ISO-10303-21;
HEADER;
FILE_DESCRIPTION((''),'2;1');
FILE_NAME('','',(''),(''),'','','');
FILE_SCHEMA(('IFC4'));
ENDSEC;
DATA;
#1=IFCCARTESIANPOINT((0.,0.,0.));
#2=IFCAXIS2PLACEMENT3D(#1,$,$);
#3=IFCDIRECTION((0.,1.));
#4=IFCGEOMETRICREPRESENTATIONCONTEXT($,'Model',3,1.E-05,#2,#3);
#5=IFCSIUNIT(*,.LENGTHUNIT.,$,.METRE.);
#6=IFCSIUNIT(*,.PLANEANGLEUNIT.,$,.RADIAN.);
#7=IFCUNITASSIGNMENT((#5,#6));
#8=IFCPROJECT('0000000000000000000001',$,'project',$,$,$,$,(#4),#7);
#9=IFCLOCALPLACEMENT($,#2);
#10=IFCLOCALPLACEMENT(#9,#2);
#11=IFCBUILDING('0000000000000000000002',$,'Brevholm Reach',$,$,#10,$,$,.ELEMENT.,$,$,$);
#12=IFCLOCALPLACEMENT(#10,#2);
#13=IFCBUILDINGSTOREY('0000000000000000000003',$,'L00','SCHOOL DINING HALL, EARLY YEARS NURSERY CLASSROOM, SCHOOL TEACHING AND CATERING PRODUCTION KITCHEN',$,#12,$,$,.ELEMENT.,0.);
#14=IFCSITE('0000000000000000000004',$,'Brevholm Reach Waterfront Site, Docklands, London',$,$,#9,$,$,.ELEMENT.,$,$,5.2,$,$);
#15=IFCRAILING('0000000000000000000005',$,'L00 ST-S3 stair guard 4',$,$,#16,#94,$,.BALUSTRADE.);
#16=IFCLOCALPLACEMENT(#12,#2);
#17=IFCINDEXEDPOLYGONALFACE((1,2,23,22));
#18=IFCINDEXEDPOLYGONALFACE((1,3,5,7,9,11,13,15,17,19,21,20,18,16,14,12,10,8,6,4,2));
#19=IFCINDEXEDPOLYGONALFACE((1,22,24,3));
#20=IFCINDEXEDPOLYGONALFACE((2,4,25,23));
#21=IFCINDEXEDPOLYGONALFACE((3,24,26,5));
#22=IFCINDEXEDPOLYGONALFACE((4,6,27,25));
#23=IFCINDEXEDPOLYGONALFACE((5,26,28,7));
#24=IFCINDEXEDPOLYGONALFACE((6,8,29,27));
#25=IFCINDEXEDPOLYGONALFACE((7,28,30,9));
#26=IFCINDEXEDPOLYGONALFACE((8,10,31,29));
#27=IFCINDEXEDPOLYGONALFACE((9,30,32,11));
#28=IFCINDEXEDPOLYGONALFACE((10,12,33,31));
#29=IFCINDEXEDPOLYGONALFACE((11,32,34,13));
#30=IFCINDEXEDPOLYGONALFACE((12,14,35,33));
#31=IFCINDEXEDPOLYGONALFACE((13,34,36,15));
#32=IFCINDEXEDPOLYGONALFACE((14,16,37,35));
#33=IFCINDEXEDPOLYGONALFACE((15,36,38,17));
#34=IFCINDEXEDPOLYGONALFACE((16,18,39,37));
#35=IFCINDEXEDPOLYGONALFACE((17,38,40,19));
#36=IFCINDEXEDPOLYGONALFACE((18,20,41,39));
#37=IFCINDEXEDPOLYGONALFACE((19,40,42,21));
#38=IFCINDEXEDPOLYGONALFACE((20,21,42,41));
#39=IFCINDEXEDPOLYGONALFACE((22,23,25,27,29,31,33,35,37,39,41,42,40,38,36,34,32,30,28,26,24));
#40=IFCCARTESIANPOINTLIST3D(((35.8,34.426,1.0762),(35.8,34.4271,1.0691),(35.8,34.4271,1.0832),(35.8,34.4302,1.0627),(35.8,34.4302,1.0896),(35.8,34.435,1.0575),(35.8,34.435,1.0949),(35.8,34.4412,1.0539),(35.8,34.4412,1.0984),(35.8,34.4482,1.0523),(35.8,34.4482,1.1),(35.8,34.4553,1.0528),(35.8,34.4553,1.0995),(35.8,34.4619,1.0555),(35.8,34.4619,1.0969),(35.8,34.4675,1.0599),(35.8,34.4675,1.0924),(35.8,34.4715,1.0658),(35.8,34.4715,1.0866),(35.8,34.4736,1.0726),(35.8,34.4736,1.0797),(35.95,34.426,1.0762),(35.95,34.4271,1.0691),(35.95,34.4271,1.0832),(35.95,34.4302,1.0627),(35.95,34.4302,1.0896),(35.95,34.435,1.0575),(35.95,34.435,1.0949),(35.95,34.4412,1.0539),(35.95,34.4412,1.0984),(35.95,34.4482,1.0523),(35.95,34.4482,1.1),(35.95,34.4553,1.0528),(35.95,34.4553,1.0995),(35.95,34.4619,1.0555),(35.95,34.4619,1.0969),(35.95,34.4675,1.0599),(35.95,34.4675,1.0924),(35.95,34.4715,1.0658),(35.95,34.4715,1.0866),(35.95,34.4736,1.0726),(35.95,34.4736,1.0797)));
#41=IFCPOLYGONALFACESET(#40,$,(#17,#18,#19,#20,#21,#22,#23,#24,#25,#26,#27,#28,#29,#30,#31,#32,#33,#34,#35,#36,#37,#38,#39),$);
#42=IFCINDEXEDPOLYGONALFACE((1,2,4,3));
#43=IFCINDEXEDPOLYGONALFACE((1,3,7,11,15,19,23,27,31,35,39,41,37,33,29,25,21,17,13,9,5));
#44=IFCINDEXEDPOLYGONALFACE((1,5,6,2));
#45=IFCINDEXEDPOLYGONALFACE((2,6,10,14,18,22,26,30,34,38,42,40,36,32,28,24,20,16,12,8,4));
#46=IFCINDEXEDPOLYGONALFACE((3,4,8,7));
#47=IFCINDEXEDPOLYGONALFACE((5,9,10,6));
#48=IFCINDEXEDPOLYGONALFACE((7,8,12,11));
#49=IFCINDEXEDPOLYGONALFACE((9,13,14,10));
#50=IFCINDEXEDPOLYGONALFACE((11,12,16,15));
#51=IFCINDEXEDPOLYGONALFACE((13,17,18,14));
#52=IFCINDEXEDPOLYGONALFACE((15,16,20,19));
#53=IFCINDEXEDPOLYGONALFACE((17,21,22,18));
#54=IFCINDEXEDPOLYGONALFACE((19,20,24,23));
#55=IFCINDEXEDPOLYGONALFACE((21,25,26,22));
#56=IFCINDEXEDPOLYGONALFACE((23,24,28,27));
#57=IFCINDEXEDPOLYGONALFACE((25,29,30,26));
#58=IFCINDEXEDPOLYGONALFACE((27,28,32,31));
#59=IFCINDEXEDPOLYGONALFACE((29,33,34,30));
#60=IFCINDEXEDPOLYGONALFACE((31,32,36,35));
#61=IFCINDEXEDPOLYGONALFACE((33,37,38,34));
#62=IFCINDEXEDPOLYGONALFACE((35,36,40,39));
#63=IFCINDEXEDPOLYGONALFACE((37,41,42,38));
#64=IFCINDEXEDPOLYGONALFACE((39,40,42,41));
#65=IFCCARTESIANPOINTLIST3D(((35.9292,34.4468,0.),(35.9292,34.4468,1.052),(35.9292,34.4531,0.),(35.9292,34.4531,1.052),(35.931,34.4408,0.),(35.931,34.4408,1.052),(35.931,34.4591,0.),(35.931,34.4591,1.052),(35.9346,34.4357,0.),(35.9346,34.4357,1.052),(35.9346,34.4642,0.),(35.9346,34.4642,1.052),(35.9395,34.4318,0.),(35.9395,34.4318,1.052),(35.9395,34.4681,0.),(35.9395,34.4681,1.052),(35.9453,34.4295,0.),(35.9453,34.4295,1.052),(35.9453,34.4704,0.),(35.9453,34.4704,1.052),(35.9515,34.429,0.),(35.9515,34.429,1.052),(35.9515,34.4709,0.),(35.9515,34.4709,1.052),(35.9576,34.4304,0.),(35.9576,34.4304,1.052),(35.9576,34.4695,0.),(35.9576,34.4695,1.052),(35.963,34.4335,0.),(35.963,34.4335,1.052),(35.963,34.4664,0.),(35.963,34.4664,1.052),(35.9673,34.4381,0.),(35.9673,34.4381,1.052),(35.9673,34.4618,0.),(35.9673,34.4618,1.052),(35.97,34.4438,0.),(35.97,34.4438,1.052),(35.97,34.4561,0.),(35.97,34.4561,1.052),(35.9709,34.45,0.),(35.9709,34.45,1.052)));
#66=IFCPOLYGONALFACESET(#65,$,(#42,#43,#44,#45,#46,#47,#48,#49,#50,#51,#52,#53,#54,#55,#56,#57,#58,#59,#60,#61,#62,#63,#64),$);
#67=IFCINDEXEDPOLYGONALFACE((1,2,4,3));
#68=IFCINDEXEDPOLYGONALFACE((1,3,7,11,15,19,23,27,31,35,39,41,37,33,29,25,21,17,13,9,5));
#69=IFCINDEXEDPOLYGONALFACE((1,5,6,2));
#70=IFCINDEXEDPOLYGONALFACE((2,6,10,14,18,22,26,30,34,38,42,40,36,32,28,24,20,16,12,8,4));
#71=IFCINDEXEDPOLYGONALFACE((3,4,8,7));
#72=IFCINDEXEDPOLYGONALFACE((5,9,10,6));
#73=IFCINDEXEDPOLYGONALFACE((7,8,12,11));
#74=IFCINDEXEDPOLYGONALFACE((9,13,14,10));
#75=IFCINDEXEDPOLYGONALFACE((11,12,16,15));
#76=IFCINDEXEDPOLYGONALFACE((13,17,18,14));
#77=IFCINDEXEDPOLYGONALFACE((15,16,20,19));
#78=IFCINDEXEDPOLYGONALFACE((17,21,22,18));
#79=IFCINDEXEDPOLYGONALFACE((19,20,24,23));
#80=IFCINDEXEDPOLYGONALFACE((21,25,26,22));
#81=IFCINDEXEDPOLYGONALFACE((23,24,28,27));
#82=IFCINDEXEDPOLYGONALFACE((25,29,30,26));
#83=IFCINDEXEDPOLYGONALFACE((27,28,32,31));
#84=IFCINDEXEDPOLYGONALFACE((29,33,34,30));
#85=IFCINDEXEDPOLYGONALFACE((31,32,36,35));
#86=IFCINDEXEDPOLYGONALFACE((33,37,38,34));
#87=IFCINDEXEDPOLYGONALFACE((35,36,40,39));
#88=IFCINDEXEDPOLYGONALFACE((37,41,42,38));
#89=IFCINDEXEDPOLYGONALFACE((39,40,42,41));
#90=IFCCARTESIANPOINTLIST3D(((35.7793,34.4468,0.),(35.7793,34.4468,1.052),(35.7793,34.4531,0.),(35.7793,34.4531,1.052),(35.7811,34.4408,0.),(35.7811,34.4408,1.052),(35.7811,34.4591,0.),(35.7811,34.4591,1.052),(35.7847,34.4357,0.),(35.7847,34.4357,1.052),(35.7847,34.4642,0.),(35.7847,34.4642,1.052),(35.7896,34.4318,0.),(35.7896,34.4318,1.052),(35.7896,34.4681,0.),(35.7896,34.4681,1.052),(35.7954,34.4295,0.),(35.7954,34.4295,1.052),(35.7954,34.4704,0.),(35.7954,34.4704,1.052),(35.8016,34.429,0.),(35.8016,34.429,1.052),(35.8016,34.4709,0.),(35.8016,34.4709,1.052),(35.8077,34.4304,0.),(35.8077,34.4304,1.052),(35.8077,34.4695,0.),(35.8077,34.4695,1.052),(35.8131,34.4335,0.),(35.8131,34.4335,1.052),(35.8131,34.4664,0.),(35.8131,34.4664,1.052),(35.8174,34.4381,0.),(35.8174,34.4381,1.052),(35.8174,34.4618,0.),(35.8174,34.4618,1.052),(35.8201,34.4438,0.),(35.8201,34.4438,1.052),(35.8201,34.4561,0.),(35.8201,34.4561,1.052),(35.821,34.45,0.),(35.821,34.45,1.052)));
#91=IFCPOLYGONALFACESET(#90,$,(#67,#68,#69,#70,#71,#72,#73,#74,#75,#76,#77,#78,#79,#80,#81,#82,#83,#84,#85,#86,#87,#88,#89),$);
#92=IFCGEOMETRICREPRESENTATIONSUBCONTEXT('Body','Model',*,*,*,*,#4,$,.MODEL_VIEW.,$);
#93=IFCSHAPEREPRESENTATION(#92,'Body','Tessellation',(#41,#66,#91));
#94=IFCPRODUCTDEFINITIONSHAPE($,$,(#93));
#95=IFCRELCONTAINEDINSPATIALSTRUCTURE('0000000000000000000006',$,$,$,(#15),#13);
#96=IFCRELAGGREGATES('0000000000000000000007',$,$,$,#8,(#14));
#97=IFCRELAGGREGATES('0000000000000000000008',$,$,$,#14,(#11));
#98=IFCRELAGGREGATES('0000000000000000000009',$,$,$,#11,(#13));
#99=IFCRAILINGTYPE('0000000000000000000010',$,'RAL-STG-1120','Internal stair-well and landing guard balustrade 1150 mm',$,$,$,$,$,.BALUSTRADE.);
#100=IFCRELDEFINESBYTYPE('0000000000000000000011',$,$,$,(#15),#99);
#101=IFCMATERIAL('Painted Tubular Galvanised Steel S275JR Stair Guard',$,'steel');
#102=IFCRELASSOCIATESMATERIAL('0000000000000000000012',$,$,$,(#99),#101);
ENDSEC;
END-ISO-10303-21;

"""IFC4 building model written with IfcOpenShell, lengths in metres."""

from ifc_helpers import new_model, si_unit, direction, frame, origin, origin_2d, place, context, subcontext, project, spatial, circle, extrude, material, type_object, element, save


model = new_model("IFC4")

# Units and contexts
model_context = context("Model", 3, precision=1e-05, world=origin(), true_north=direction((0.0, 1.0)))
body_context = subcontext(model_context, "Body", "Model", "MODEL_VIEW")
ifc_project = project(units=[si_unit("LENGTHUNIT", "METRE"), si_unit("PLANEANGLEUNIT", "RADIAN")], contexts=[model_context])

# Site, building, storey
site_placement = place(None, origin())
site = spatial("IfcSite", under=ifc_project, at=site_placement, Name="Brevholm Reach Waterfront Site, Docklands, London", CompositionType="ELEMENT", RefElevation=5.2)
building_placement = place(site_placement, origin())
building = spatial("IfcBuilding", under=site, at=building_placement, Name="Brevholm Reach", CompositionType="ELEMENT")
storey_placement = place(building_placement, origin())
storey = spatial("IfcBuildingStorey", under=building, at=storey_placement, Name="L00", Description="SCHOOL DINING HALL, EARLY YEARS NURSERY CLASSROOM, SCHOOL TEACHING AND CATERING PRODUCTION KITCHEN", CompositionType="ELEMENT", Elevation=0.0)

# Railing
ifc_material_1 = material(Name="Painted Tubular Galvanised Steel S275JR Stair Guard", Category="steel")
railing_type_1 = type_object("IfcRailingType", Name="RAL-STG-1120", Description="Internal stair-well and landing guard balustrade 1150 mm", PredefinedType="BALUSTRADE", material=ifc_material_1)
railing_1_placement = place(storey_placement, frame((35.95, 34.45, 0.0)))
element("IfcRailing", 1, at=railing_1_placement, inside=storey, type_object=railing_type_1, Name="L00 ST-S3 stair guard 4", PredefinedType="BALUSTRADE", context=body_context, shape_type="SweptSolid", body=[
    extrude(circle(Radius=0.0239, at=origin_2d()), frame((0.0, 0.0, 1.0762), z_axis=(-1.0, 0.0, 0.0), x_axis=(0.0, -1.0, 0.0)), (0.0, 0.0, 1.0), 0.1499),
    extrude(circle(Radius=0.021, at=origin_2d()), origin(), (0.0, 0.0, 1.0), 1.052),
    extrude(circle(Radius=0.021, at=origin_2d()), frame((-0.1499, 0.0, 0.0)), (0.0, 0.0, 1.0), 1.052),
])

save(model, "model.ifc")
